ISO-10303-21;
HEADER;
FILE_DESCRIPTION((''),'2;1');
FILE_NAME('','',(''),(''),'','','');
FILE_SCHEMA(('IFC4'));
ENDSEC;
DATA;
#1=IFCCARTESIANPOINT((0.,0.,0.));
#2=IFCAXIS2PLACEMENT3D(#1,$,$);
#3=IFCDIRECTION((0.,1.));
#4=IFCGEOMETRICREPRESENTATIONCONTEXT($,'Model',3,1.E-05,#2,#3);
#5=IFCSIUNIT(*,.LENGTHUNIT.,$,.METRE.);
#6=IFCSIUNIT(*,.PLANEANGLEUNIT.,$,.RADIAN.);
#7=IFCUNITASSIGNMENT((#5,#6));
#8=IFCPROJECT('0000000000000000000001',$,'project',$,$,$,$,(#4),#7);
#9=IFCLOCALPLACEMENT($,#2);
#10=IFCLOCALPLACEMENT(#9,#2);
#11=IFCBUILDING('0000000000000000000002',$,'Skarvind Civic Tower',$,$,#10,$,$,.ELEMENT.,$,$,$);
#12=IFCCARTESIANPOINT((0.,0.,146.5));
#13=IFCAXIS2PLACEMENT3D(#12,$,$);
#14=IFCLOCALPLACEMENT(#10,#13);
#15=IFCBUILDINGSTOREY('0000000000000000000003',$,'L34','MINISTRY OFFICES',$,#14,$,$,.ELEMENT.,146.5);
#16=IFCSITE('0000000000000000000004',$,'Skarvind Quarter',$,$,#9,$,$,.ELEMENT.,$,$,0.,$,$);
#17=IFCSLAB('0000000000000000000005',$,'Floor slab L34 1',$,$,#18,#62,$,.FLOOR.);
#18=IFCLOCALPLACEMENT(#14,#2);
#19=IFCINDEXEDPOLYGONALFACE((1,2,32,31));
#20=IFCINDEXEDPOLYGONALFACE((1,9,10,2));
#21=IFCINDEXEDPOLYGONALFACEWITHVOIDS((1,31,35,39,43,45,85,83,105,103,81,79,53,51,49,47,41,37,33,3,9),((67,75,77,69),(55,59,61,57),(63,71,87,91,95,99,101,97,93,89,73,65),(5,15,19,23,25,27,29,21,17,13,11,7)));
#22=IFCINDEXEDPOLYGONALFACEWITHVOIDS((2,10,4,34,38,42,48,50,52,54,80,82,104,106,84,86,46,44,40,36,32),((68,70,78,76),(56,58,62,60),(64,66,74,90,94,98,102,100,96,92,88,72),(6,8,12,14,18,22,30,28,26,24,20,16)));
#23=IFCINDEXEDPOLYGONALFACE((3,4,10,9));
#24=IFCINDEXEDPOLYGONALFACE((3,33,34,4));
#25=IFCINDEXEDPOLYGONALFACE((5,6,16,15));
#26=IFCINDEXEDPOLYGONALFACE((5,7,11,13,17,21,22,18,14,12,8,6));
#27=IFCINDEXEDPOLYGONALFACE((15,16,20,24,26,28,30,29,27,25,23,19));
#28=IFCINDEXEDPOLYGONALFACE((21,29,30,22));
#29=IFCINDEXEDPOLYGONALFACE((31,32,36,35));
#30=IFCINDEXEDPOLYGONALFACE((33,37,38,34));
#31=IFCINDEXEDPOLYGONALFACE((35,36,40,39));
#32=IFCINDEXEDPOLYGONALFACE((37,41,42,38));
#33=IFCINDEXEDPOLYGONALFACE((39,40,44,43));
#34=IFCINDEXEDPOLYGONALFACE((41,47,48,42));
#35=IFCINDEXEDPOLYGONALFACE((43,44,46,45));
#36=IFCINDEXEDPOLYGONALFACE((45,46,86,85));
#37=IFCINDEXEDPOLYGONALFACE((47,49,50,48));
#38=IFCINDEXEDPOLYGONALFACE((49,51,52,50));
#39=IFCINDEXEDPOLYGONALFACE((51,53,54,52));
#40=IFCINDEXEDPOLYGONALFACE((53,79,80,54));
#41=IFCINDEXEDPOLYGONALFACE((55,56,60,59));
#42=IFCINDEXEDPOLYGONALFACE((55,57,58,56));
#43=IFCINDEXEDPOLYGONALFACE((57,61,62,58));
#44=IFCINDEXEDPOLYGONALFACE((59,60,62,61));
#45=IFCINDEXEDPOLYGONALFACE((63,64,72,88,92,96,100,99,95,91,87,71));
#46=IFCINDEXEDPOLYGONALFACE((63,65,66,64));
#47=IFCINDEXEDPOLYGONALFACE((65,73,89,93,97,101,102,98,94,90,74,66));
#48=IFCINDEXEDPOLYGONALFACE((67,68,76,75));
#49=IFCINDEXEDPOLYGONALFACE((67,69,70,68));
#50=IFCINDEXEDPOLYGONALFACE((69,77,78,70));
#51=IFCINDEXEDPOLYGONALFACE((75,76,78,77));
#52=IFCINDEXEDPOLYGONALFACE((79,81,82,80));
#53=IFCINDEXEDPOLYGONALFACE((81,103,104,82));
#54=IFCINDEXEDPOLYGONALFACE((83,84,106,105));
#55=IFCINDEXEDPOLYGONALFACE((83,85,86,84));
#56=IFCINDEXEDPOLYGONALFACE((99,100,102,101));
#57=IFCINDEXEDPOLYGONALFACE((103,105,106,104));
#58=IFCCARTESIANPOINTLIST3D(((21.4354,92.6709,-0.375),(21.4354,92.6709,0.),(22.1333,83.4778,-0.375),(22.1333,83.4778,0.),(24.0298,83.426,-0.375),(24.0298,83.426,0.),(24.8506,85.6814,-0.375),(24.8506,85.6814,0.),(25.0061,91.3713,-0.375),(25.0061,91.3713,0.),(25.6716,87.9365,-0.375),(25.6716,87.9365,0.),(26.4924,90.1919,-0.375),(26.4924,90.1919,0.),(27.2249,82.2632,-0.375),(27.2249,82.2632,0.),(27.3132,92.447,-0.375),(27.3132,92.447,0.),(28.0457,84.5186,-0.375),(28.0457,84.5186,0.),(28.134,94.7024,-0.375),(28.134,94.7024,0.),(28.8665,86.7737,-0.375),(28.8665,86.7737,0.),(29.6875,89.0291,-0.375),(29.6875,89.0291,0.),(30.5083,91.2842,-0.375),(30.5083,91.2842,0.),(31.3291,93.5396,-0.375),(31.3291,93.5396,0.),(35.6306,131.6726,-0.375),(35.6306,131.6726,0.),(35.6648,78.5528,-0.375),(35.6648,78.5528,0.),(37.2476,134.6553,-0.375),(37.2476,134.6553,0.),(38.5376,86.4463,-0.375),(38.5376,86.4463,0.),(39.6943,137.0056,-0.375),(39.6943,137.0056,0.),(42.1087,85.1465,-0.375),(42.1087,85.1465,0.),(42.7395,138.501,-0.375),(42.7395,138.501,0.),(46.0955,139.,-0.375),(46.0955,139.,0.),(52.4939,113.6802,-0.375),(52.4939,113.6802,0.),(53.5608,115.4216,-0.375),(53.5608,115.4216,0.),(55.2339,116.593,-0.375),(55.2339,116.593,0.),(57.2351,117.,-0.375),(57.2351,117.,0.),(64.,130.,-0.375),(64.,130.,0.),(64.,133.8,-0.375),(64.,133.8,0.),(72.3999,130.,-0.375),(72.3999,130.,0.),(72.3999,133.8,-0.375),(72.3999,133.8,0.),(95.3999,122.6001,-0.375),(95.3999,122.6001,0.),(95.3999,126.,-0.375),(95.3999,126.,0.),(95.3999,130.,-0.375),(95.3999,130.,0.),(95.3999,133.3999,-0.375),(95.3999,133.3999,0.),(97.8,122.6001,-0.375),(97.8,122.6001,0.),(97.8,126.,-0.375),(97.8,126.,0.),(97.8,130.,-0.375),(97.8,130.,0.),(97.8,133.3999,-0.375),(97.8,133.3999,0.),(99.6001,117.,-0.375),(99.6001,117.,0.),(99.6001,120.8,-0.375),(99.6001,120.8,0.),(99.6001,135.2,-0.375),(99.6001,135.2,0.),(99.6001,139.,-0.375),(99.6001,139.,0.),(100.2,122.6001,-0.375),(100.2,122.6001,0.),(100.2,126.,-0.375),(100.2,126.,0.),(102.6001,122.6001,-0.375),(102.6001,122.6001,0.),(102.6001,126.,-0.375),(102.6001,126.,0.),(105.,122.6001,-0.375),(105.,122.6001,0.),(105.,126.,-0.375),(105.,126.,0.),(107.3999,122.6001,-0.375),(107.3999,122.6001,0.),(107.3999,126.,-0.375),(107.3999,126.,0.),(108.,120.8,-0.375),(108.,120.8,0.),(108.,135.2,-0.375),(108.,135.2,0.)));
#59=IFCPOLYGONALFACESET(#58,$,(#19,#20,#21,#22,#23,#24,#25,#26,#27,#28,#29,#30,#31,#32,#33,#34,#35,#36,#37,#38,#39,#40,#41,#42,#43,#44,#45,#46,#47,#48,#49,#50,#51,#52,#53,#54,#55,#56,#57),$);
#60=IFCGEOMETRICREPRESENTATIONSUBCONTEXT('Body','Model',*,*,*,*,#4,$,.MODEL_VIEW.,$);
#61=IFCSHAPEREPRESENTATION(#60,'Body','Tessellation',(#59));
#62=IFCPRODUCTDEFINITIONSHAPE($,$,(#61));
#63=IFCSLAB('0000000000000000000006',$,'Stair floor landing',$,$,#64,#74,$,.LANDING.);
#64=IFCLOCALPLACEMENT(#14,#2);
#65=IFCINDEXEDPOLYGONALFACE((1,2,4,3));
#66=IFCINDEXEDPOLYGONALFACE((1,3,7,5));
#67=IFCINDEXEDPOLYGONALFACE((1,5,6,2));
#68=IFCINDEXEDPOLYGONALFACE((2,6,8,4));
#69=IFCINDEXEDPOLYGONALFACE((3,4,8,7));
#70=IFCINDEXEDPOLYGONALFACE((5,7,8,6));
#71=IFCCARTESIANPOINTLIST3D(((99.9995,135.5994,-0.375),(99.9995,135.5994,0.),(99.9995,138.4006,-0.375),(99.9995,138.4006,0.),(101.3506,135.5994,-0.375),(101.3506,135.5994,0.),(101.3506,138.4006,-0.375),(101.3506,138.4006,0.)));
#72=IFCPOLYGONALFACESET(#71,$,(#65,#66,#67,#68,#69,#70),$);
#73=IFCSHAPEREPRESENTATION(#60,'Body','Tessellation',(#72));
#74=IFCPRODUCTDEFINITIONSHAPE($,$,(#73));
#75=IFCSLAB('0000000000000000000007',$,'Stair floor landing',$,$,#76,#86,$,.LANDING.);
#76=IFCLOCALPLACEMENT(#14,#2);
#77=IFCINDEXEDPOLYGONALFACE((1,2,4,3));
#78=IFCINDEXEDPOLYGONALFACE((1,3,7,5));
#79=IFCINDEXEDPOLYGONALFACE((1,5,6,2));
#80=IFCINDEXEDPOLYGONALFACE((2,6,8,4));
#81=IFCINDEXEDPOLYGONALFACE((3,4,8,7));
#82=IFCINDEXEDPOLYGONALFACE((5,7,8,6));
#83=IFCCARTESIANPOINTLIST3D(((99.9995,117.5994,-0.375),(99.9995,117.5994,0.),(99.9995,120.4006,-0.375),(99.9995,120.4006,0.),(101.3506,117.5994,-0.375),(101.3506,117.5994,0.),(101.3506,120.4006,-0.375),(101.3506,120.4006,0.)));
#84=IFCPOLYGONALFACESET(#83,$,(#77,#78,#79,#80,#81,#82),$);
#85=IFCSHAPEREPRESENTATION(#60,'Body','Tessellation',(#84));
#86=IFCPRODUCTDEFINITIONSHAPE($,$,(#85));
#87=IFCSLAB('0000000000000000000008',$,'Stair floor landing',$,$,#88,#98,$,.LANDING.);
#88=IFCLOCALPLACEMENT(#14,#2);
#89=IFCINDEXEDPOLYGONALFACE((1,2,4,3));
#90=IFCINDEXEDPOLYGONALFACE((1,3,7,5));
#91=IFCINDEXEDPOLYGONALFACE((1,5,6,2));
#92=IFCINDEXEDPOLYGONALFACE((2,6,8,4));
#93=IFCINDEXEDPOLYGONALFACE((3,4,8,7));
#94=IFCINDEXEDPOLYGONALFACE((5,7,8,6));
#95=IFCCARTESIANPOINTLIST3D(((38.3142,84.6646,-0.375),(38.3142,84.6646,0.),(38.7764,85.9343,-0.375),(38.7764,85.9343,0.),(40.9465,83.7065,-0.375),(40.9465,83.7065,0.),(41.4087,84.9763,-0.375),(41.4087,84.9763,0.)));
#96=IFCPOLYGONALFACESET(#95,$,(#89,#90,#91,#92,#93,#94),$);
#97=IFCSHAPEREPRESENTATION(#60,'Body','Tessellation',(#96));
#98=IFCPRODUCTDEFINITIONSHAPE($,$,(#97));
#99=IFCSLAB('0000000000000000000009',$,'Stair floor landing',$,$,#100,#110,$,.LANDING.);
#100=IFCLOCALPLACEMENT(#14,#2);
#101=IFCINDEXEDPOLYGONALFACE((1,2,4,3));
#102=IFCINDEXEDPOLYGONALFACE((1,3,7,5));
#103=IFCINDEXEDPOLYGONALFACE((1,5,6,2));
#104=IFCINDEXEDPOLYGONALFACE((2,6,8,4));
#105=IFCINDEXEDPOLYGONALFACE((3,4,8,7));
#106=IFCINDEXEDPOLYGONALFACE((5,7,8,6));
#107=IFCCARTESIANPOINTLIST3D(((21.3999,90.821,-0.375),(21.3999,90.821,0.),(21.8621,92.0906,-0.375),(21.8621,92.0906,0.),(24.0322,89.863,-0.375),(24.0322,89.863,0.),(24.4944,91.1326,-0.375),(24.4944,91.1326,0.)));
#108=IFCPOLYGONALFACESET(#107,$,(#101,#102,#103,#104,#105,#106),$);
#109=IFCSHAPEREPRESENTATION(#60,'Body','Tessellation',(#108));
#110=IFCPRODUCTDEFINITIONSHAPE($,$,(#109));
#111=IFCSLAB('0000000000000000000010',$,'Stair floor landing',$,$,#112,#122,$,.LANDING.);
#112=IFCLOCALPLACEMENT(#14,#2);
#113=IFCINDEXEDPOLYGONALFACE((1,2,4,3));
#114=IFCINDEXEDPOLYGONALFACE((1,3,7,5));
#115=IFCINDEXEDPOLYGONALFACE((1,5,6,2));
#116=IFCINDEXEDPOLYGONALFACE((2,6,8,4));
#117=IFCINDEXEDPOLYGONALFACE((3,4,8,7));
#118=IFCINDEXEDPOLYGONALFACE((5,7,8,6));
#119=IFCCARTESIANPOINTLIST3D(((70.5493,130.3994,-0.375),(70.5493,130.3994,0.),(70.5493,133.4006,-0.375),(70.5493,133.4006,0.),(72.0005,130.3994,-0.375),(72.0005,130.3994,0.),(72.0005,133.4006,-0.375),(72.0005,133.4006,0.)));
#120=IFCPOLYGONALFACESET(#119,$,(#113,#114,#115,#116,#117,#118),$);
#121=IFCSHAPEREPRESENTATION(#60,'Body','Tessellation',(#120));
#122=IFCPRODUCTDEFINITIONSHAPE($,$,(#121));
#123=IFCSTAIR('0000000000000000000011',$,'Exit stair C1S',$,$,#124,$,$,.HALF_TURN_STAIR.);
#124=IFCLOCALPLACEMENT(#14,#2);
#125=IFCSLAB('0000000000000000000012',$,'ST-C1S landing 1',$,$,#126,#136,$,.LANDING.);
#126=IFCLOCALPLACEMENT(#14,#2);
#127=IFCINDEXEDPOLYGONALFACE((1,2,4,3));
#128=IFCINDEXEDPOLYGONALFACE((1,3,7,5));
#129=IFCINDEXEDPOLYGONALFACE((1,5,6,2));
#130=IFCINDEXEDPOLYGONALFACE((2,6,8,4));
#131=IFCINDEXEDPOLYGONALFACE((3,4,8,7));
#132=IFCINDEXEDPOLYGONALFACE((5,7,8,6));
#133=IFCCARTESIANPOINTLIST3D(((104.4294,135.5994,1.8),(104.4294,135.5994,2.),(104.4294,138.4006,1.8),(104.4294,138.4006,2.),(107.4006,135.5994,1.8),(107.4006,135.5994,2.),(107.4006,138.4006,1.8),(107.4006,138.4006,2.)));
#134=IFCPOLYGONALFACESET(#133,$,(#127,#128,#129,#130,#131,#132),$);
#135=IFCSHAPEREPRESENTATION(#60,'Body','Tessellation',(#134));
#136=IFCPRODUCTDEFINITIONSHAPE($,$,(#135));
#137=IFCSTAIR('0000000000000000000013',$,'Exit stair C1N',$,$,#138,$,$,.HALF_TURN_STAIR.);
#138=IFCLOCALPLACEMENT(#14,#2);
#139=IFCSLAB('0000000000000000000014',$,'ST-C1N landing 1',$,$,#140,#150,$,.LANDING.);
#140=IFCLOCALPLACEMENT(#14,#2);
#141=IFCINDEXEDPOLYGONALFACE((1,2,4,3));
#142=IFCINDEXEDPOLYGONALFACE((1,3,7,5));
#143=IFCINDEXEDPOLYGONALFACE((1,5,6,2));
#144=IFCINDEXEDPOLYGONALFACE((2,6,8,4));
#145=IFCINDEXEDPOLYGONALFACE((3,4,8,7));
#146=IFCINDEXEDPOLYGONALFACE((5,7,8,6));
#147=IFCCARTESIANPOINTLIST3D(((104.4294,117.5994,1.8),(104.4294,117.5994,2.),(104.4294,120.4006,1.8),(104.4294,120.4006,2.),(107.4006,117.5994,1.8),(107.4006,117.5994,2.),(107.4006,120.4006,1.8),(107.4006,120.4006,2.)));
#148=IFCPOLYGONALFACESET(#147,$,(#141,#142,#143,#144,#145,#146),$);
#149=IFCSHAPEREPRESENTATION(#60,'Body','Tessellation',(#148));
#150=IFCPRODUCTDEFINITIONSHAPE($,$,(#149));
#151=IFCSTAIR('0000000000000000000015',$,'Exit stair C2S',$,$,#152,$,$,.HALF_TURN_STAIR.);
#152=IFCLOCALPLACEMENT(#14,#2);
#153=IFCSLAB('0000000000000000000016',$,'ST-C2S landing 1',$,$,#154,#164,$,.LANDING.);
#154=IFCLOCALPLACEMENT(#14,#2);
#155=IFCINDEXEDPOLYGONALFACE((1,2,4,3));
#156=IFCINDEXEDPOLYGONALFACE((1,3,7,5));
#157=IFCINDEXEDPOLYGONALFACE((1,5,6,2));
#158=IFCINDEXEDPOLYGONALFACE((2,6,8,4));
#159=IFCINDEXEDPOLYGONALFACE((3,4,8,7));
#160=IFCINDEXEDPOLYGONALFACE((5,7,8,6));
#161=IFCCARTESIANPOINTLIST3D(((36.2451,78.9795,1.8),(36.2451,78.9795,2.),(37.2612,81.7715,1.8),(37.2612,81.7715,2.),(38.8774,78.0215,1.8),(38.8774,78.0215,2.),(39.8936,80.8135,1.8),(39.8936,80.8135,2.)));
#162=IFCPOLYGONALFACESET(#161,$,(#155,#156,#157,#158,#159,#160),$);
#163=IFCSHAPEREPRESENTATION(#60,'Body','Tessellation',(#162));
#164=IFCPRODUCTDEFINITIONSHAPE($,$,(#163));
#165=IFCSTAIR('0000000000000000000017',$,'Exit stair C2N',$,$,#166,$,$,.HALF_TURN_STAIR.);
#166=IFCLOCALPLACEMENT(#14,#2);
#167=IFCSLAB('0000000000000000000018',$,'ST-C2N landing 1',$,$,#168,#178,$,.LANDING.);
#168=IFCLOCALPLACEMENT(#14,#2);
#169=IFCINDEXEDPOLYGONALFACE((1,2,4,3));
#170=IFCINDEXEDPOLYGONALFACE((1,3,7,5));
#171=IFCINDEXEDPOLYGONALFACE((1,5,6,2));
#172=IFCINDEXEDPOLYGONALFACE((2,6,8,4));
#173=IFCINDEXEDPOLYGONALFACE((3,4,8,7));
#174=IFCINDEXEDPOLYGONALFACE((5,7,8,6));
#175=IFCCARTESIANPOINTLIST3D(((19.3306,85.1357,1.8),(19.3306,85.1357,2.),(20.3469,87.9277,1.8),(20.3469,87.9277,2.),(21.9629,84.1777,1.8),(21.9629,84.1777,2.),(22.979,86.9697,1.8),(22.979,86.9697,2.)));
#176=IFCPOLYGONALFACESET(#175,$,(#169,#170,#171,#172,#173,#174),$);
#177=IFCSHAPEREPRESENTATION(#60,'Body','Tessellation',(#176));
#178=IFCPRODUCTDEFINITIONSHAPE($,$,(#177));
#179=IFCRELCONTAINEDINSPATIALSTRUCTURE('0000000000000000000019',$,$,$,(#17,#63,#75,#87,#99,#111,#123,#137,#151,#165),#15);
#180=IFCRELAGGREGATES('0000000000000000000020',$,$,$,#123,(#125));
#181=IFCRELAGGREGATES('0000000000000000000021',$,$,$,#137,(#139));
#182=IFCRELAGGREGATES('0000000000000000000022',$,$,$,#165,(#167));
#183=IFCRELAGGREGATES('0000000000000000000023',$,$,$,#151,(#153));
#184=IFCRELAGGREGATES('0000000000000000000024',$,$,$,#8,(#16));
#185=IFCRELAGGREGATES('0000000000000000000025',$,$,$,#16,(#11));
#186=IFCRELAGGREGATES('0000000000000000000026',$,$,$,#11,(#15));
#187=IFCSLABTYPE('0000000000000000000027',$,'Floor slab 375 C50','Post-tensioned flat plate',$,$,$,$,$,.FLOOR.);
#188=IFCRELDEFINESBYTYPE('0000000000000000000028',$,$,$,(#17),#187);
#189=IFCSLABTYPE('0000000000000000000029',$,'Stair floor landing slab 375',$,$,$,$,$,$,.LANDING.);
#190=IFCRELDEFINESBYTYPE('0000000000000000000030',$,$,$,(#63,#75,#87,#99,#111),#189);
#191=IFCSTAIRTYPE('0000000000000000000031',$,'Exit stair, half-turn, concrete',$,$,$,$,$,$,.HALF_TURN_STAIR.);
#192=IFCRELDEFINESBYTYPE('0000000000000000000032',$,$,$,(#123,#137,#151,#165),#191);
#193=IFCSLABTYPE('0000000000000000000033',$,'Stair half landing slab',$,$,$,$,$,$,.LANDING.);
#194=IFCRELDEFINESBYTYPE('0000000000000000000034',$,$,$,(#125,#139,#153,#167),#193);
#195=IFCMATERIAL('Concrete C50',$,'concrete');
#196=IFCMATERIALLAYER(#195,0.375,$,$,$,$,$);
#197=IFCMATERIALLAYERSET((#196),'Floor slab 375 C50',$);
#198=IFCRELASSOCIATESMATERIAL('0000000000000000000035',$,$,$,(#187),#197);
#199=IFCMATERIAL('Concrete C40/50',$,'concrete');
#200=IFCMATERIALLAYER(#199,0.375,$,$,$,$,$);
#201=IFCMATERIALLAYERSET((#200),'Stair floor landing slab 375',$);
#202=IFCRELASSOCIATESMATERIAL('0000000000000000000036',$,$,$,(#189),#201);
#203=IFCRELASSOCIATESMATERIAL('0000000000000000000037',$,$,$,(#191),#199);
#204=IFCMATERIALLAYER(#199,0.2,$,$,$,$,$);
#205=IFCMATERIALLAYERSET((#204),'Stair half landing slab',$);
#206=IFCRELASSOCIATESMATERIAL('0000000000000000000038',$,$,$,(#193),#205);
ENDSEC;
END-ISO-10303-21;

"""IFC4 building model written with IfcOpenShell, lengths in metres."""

from ifc_helpers import new_model, si_unit, direction, frame, origin, place, context, subcontext, project, spatial, polyline, outline, extrude, material, layer, layer_set, type_object, element, aggregate, save


model = new_model("IFC4")

# Units and contexts
model_context = context("Model", 3, precision=1e-05, world=origin(), true_north=direction((0.0, 1.0)))
body_context = subcontext(model_context, "Body", "Model", "MODEL_VIEW")
ifc_project = project(units=[si_unit("LENGTHUNIT", "METRE"), si_unit("PLANEANGLEUNIT", "RADIAN")], contexts=[model_context])

# Site, building, storey
site_placement = place(None, origin())
site = spatial("IfcSite", under=ifc_project, at=site_placement, Name="Skarvind Quarter", CompositionType="ELEMENT", RefElevation=0.0)
building_placement = place(site_placement, origin())
building = spatial("IfcBuilding", under=site, at=building_placement, Name="Skarvind Civic Tower", CompositionType="ELEMENT")
storey_placement = place(building_placement, frame((0.0, 0.0, 146.5)))
storey = spatial("IfcBuildingStorey", under=building, at=storey_placement, Name="L34", Description="MINISTRY OFFICES", CompositionType="ELEMENT", Elevation=146.5)

# Slabs
ifc_material_1 = material(Name="Concrete C50", Category="concrete")
ifc_layer_1 = layer(ifc_material_1, 0.375)
ifc_layer_set_1 = layer_set([ifc_layer_1], Name="Floor slab 375 C50")
slab_type_1 = type_object("IfcSlabType", Name="Floor slab 375 C50", Description="Post-tensioned flat plate", PredefinedType="FLOOR", material=ifc_layer_set_1)
slab_1_placement = place(storey_placement, frame((0.0, 0.0, -0.375)))
element("IfcSlab", 1, at=slab_1_placement, inside=storey, type_object=slab_type_1, Name="Floor slab L34 1", PredefinedType="FLOOR", context=body_context, shape_type="SweptSolid", body=[
    extrude(outline(polyline([(99.6001, 117.0), (99.6001, 120.8), (108.0, 120.8), (108.0, 135.2), (99.6001, 135.2), (99.6001, 139.0), (46.0955, 139.0), (42.7395, 138.501), (39.6943, 137.0056), (37.2476, 134.6553), (35.6306, 131.6726), (19.4175, 87.1267), (21.4353, 92.6709), (25.0061, 91.3713), (22.1333, 83.4778), (36.8865, 78.1082), (35.6648, 78.5527), (38.5376, 86.4463), (42.1086, 85.1465), (40.0908, 79.6023), (40.0908, 79.6023), (52.4939, 113.6802), (53.5608, 115.4216), (55.2339, 116.593), (57.2351, 117.0), (99.6001, 117.0)]), holes=[polyline([(25.6716, 87.9365), (26.4924, 90.1919), (27.3132, 92.447), (28.134, 94.7024), (31.3291, 93.5396), (30.5083, 91.2842), (29.6875, 89.0291), (28.8665, 86.7737), (28.8665, 86.7737), (28.0457, 84.5186), (27.2249, 82.2632), (24.0298, 83.426), (24.8506, 85.6814), (25.6716, 87.9365), (25.6716, 87.9365)]), polyline([(64.0, 130.0), (64.0, 133.8), (72.3999, 133.8), (72.3999, 130.0), (64.0, 130.0)]), polyline([(97.8, 126.0), (100.2, 126.0), (102.6001, 126.0), (105.0, 126.0), (107.3999, 126.0), (107.3999, 122.6001), (105.0, 122.6001), (102.6001, 122.6001), (100.2, 122.6001), (97.8, 122.6001), (95.3999, 122.6001), (95.3999, 126.0), (97.8, 126.0)]), polyline([(97.8, 133.3999), (97.8, 130.0), (95.3999, 130.0), (95.3999, 133.3999), (97.8, 133.3999)])]), origin(), (0.0, 0.0, 1.0), 0.375),
])
ifc_material_2 = material(Name="Concrete C40/50", Category="concrete")
ifc_layer_2 = layer(ifc_material_2, 0.375)
ifc_layer_set_2 = layer_set([ifc_layer_2], Name="Stair floor landing slab 375")
slab_type_2 = type_object("IfcSlabType", Name="Stair floor landing slab 375", PredefinedType="LANDING", material=ifc_layer_set_2)
slab_2_placement = place(storey_placement, frame((0.0, 0.0, -0.375)))
element("IfcSlab", 2, at=slab_2_placement, inside=storey, type_object=slab_type_2, Name="Stair floor landing", PredefinedType="LANDING", context=body_context, shape_type="SweptSolid", body=[
    extrude(outline(polyline([(101.3506, 138.4006), (101.3506, 135.5994), (99.9995, 135.5994), (99.9995, 138.4006), (101.3506, 138.4006)])), origin(), (0.0, 0.0, 1.0), 0.375),
])
slab_3_placement = place(storey_placement, frame((0.0, 0.0, -0.375)))
element("IfcSlab", 3, at=slab_3_placement, inside=storey, type_object=slab_type_2, Name="Stair floor landing", PredefinedType="LANDING", context=body_context, shape_type="SweptSolid", body=[
    extrude(outline(polyline([(101.3506, 120.4006), (101.3506, 117.5994), (99.9995, 117.5994), (99.9995, 120.4006), (101.3506, 120.4006)])), origin(), (0.0, 0.0, 1.0), 0.375),
])
slab_4_placement = place(storey_placement, frame((0.0, 0.0, -0.375)))
element("IfcSlab", 4, at=slab_4_placement, inside=storey, type_object=slab_type_2, Name="Stair floor landing", PredefinedType="LANDING", context=body_context, shape_type="SweptSolid", body=[
    extrude(outline(polyline([(40.9465, 83.7065), (38.3142, 84.6646), (38.7764, 85.9343), (41.4087, 84.9763), (40.9465, 83.7065)])), origin(), (0.0, 0.0, 1.0), 0.375),
])
slab_5_placement = place(storey_placement, frame((0.0, 0.0, -0.375)))
element("IfcSlab", 5, at=slab_5_placement, inside=storey, type_object=slab_type_2, Name="Stair floor landing", PredefinedType="LANDING", context=body_context, shape_type="SweptSolid", body=[
    extrude(outline(polyline([(24.0322, 89.863), (21.3999, 90.821), (21.8621, 92.0906), (24.4944, 91.1326), (24.0322, 89.863)])), origin(), (0.0, 0.0, 1.0), 0.375),
])
slab_6_placement = place(storey_placement, frame((0.0, 0.0, -0.375)))
element("IfcSlab", 6, at=slab_6_placement, inside=storey, type_object=slab_type_2, Name="Stair floor landing", PredefinedType="LANDING", context=body_context, shape_type="SweptSolid", body=[
    extrude(outline(polyline([(70.5493, 130.3994), (70.5493, 133.4006), (72.0005, 133.4006), (72.0005, 130.3994), (70.5493, 130.3994)])), origin(), (0.0, 0.0, 1.0), 0.375),
])

# Stairs, slabs
stair_type_1 = type_object("IfcStairType", Name="Exit stair, half-turn, concrete", PredefinedType="HALF_TURN_STAIR", material=ifc_material_2)
stair_1_placement = place(storey_placement, origin())
stair_1 = element("IfcStair", 7, at=stair_1_placement, inside=storey, type_object=stair_type_1, Name="Exit stair C1S", PredefinedType="HALF_TURN_STAIR")
ifc_layer_3 = layer(ifc_material_2, 0.2)
ifc_layer_set_3 = layer_set([ifc_layer_3], Name="Stair half landing slab")
slab_type_3 = type_object("IfcSlabType", Name="Stair half landing slab", PredefinedType="LANDING", material=ifc_layer_set_3)
slab_7_placement = place(storey_placement, frame((0.0, 0.0, 1.8)))
slab_7 = element("IfcSlab", 8, at=slab_7_placement, type_object=slab_type_3, Name="ST-C1S landing 1", PredefinedType="LANDING", context=body_context, shape_type="SweptSolid", body=[
    extrude(outline(polyline([(104.4294, 135.5994), (104.4294, 138.4006), (107.4006, 138.4006), (107.4006, 135.5994), (104.4294, 135.5994)])), origin(), (0.0, 0.0, 1.0), 0.2),
])
aggregate(stair_1, [slab_7])
stair_2_placement = place(storey_placement, origin())
stair_2 = element("IfcStair", 9, at=stair_2_placement, inside=storey, type_object=stair_type_1, Name="Exit stair C1N", PredefinedType="HALF_TURN_STAIR")
slab_8_placement = place(storey_placement, frame((0.0, 0.0, 1.8)))
slab_8 = element("IfcSlab", 10, at=slab_8_placement, type_object=slab_type_3, Name="ST-C1N landing 1", PredefinedType="LANDING", context=body_context, shape_type="SweptSolid", body=[
    extrude(outline(polyline([(104.4294, 117.5994), (104.4294, 120.4006), (107.4006, 120.4006), (107.4006, 117.5994), (104.4294, 117.5994)])), origin(), (0.0, 0.0, 1.0), 0.2),
])
aggregate(stair_2, [slab_8])
stair_3_placement = place(storey_placement, origin())
stair_3 = element("IfcStair", 11, at=stair_3_placement, inside=storey, type_object=stair_type_1, Name="Exit stair C2S", PredefinedType="HALF_TURN_STAIR")
slab_9_placement = place(storey_placement, frame((0.0, 0.0, 1.8)))
slab_9 = element("IfcSlab", 12, at=slab_9_placement, type_object=slab_type_3, Name="ST-C2S landing 1", PredefinedType="LANDING", context=body_context, shape_type="SweptSolid", body=[
    extrude(outline(polyline([(37.2612, 81.7715), (39.8936, 80.8135), (38.8774, 78.0215), (36.2451, 78.9795), (37.2612, 81.7715)])), origin(), (0.0, 0.0, 1.0), 0.2),
])
stair_4_placement = place(storey_placement, origin())
stair_4 = element("IfcStair", 13, at=stair_4_placement, inside=storey, type_object=stair_type_1, Name="Exit stair C2N", PredefinedType="HALF_TURN_STAIR")
slab_10_placement = place(storey_placement, frame((0.0, 0.0, 1.8)))
slab_10 = element("IfcSlab", 14, at=slab_10_placement, type_object=slab_type_3, Name="ST-C2N landing 1", PredefinedType="LANDING", context=body_context, shape_type="SweptSolid", body=[
    extrude(outline(polyline([(20.3469, 87.9277), (22.979, 86.9697), (21.9629, 84.1777), (19.3306, 85.1357), (20.3469, 87.9277)])), origin(), (0.0, 0.0, 1.0), 0.2),
])
aggregate(stair_4, [slab_10])

aggregate(stair_3, [slab_9])

save(model, "model.ifc")
